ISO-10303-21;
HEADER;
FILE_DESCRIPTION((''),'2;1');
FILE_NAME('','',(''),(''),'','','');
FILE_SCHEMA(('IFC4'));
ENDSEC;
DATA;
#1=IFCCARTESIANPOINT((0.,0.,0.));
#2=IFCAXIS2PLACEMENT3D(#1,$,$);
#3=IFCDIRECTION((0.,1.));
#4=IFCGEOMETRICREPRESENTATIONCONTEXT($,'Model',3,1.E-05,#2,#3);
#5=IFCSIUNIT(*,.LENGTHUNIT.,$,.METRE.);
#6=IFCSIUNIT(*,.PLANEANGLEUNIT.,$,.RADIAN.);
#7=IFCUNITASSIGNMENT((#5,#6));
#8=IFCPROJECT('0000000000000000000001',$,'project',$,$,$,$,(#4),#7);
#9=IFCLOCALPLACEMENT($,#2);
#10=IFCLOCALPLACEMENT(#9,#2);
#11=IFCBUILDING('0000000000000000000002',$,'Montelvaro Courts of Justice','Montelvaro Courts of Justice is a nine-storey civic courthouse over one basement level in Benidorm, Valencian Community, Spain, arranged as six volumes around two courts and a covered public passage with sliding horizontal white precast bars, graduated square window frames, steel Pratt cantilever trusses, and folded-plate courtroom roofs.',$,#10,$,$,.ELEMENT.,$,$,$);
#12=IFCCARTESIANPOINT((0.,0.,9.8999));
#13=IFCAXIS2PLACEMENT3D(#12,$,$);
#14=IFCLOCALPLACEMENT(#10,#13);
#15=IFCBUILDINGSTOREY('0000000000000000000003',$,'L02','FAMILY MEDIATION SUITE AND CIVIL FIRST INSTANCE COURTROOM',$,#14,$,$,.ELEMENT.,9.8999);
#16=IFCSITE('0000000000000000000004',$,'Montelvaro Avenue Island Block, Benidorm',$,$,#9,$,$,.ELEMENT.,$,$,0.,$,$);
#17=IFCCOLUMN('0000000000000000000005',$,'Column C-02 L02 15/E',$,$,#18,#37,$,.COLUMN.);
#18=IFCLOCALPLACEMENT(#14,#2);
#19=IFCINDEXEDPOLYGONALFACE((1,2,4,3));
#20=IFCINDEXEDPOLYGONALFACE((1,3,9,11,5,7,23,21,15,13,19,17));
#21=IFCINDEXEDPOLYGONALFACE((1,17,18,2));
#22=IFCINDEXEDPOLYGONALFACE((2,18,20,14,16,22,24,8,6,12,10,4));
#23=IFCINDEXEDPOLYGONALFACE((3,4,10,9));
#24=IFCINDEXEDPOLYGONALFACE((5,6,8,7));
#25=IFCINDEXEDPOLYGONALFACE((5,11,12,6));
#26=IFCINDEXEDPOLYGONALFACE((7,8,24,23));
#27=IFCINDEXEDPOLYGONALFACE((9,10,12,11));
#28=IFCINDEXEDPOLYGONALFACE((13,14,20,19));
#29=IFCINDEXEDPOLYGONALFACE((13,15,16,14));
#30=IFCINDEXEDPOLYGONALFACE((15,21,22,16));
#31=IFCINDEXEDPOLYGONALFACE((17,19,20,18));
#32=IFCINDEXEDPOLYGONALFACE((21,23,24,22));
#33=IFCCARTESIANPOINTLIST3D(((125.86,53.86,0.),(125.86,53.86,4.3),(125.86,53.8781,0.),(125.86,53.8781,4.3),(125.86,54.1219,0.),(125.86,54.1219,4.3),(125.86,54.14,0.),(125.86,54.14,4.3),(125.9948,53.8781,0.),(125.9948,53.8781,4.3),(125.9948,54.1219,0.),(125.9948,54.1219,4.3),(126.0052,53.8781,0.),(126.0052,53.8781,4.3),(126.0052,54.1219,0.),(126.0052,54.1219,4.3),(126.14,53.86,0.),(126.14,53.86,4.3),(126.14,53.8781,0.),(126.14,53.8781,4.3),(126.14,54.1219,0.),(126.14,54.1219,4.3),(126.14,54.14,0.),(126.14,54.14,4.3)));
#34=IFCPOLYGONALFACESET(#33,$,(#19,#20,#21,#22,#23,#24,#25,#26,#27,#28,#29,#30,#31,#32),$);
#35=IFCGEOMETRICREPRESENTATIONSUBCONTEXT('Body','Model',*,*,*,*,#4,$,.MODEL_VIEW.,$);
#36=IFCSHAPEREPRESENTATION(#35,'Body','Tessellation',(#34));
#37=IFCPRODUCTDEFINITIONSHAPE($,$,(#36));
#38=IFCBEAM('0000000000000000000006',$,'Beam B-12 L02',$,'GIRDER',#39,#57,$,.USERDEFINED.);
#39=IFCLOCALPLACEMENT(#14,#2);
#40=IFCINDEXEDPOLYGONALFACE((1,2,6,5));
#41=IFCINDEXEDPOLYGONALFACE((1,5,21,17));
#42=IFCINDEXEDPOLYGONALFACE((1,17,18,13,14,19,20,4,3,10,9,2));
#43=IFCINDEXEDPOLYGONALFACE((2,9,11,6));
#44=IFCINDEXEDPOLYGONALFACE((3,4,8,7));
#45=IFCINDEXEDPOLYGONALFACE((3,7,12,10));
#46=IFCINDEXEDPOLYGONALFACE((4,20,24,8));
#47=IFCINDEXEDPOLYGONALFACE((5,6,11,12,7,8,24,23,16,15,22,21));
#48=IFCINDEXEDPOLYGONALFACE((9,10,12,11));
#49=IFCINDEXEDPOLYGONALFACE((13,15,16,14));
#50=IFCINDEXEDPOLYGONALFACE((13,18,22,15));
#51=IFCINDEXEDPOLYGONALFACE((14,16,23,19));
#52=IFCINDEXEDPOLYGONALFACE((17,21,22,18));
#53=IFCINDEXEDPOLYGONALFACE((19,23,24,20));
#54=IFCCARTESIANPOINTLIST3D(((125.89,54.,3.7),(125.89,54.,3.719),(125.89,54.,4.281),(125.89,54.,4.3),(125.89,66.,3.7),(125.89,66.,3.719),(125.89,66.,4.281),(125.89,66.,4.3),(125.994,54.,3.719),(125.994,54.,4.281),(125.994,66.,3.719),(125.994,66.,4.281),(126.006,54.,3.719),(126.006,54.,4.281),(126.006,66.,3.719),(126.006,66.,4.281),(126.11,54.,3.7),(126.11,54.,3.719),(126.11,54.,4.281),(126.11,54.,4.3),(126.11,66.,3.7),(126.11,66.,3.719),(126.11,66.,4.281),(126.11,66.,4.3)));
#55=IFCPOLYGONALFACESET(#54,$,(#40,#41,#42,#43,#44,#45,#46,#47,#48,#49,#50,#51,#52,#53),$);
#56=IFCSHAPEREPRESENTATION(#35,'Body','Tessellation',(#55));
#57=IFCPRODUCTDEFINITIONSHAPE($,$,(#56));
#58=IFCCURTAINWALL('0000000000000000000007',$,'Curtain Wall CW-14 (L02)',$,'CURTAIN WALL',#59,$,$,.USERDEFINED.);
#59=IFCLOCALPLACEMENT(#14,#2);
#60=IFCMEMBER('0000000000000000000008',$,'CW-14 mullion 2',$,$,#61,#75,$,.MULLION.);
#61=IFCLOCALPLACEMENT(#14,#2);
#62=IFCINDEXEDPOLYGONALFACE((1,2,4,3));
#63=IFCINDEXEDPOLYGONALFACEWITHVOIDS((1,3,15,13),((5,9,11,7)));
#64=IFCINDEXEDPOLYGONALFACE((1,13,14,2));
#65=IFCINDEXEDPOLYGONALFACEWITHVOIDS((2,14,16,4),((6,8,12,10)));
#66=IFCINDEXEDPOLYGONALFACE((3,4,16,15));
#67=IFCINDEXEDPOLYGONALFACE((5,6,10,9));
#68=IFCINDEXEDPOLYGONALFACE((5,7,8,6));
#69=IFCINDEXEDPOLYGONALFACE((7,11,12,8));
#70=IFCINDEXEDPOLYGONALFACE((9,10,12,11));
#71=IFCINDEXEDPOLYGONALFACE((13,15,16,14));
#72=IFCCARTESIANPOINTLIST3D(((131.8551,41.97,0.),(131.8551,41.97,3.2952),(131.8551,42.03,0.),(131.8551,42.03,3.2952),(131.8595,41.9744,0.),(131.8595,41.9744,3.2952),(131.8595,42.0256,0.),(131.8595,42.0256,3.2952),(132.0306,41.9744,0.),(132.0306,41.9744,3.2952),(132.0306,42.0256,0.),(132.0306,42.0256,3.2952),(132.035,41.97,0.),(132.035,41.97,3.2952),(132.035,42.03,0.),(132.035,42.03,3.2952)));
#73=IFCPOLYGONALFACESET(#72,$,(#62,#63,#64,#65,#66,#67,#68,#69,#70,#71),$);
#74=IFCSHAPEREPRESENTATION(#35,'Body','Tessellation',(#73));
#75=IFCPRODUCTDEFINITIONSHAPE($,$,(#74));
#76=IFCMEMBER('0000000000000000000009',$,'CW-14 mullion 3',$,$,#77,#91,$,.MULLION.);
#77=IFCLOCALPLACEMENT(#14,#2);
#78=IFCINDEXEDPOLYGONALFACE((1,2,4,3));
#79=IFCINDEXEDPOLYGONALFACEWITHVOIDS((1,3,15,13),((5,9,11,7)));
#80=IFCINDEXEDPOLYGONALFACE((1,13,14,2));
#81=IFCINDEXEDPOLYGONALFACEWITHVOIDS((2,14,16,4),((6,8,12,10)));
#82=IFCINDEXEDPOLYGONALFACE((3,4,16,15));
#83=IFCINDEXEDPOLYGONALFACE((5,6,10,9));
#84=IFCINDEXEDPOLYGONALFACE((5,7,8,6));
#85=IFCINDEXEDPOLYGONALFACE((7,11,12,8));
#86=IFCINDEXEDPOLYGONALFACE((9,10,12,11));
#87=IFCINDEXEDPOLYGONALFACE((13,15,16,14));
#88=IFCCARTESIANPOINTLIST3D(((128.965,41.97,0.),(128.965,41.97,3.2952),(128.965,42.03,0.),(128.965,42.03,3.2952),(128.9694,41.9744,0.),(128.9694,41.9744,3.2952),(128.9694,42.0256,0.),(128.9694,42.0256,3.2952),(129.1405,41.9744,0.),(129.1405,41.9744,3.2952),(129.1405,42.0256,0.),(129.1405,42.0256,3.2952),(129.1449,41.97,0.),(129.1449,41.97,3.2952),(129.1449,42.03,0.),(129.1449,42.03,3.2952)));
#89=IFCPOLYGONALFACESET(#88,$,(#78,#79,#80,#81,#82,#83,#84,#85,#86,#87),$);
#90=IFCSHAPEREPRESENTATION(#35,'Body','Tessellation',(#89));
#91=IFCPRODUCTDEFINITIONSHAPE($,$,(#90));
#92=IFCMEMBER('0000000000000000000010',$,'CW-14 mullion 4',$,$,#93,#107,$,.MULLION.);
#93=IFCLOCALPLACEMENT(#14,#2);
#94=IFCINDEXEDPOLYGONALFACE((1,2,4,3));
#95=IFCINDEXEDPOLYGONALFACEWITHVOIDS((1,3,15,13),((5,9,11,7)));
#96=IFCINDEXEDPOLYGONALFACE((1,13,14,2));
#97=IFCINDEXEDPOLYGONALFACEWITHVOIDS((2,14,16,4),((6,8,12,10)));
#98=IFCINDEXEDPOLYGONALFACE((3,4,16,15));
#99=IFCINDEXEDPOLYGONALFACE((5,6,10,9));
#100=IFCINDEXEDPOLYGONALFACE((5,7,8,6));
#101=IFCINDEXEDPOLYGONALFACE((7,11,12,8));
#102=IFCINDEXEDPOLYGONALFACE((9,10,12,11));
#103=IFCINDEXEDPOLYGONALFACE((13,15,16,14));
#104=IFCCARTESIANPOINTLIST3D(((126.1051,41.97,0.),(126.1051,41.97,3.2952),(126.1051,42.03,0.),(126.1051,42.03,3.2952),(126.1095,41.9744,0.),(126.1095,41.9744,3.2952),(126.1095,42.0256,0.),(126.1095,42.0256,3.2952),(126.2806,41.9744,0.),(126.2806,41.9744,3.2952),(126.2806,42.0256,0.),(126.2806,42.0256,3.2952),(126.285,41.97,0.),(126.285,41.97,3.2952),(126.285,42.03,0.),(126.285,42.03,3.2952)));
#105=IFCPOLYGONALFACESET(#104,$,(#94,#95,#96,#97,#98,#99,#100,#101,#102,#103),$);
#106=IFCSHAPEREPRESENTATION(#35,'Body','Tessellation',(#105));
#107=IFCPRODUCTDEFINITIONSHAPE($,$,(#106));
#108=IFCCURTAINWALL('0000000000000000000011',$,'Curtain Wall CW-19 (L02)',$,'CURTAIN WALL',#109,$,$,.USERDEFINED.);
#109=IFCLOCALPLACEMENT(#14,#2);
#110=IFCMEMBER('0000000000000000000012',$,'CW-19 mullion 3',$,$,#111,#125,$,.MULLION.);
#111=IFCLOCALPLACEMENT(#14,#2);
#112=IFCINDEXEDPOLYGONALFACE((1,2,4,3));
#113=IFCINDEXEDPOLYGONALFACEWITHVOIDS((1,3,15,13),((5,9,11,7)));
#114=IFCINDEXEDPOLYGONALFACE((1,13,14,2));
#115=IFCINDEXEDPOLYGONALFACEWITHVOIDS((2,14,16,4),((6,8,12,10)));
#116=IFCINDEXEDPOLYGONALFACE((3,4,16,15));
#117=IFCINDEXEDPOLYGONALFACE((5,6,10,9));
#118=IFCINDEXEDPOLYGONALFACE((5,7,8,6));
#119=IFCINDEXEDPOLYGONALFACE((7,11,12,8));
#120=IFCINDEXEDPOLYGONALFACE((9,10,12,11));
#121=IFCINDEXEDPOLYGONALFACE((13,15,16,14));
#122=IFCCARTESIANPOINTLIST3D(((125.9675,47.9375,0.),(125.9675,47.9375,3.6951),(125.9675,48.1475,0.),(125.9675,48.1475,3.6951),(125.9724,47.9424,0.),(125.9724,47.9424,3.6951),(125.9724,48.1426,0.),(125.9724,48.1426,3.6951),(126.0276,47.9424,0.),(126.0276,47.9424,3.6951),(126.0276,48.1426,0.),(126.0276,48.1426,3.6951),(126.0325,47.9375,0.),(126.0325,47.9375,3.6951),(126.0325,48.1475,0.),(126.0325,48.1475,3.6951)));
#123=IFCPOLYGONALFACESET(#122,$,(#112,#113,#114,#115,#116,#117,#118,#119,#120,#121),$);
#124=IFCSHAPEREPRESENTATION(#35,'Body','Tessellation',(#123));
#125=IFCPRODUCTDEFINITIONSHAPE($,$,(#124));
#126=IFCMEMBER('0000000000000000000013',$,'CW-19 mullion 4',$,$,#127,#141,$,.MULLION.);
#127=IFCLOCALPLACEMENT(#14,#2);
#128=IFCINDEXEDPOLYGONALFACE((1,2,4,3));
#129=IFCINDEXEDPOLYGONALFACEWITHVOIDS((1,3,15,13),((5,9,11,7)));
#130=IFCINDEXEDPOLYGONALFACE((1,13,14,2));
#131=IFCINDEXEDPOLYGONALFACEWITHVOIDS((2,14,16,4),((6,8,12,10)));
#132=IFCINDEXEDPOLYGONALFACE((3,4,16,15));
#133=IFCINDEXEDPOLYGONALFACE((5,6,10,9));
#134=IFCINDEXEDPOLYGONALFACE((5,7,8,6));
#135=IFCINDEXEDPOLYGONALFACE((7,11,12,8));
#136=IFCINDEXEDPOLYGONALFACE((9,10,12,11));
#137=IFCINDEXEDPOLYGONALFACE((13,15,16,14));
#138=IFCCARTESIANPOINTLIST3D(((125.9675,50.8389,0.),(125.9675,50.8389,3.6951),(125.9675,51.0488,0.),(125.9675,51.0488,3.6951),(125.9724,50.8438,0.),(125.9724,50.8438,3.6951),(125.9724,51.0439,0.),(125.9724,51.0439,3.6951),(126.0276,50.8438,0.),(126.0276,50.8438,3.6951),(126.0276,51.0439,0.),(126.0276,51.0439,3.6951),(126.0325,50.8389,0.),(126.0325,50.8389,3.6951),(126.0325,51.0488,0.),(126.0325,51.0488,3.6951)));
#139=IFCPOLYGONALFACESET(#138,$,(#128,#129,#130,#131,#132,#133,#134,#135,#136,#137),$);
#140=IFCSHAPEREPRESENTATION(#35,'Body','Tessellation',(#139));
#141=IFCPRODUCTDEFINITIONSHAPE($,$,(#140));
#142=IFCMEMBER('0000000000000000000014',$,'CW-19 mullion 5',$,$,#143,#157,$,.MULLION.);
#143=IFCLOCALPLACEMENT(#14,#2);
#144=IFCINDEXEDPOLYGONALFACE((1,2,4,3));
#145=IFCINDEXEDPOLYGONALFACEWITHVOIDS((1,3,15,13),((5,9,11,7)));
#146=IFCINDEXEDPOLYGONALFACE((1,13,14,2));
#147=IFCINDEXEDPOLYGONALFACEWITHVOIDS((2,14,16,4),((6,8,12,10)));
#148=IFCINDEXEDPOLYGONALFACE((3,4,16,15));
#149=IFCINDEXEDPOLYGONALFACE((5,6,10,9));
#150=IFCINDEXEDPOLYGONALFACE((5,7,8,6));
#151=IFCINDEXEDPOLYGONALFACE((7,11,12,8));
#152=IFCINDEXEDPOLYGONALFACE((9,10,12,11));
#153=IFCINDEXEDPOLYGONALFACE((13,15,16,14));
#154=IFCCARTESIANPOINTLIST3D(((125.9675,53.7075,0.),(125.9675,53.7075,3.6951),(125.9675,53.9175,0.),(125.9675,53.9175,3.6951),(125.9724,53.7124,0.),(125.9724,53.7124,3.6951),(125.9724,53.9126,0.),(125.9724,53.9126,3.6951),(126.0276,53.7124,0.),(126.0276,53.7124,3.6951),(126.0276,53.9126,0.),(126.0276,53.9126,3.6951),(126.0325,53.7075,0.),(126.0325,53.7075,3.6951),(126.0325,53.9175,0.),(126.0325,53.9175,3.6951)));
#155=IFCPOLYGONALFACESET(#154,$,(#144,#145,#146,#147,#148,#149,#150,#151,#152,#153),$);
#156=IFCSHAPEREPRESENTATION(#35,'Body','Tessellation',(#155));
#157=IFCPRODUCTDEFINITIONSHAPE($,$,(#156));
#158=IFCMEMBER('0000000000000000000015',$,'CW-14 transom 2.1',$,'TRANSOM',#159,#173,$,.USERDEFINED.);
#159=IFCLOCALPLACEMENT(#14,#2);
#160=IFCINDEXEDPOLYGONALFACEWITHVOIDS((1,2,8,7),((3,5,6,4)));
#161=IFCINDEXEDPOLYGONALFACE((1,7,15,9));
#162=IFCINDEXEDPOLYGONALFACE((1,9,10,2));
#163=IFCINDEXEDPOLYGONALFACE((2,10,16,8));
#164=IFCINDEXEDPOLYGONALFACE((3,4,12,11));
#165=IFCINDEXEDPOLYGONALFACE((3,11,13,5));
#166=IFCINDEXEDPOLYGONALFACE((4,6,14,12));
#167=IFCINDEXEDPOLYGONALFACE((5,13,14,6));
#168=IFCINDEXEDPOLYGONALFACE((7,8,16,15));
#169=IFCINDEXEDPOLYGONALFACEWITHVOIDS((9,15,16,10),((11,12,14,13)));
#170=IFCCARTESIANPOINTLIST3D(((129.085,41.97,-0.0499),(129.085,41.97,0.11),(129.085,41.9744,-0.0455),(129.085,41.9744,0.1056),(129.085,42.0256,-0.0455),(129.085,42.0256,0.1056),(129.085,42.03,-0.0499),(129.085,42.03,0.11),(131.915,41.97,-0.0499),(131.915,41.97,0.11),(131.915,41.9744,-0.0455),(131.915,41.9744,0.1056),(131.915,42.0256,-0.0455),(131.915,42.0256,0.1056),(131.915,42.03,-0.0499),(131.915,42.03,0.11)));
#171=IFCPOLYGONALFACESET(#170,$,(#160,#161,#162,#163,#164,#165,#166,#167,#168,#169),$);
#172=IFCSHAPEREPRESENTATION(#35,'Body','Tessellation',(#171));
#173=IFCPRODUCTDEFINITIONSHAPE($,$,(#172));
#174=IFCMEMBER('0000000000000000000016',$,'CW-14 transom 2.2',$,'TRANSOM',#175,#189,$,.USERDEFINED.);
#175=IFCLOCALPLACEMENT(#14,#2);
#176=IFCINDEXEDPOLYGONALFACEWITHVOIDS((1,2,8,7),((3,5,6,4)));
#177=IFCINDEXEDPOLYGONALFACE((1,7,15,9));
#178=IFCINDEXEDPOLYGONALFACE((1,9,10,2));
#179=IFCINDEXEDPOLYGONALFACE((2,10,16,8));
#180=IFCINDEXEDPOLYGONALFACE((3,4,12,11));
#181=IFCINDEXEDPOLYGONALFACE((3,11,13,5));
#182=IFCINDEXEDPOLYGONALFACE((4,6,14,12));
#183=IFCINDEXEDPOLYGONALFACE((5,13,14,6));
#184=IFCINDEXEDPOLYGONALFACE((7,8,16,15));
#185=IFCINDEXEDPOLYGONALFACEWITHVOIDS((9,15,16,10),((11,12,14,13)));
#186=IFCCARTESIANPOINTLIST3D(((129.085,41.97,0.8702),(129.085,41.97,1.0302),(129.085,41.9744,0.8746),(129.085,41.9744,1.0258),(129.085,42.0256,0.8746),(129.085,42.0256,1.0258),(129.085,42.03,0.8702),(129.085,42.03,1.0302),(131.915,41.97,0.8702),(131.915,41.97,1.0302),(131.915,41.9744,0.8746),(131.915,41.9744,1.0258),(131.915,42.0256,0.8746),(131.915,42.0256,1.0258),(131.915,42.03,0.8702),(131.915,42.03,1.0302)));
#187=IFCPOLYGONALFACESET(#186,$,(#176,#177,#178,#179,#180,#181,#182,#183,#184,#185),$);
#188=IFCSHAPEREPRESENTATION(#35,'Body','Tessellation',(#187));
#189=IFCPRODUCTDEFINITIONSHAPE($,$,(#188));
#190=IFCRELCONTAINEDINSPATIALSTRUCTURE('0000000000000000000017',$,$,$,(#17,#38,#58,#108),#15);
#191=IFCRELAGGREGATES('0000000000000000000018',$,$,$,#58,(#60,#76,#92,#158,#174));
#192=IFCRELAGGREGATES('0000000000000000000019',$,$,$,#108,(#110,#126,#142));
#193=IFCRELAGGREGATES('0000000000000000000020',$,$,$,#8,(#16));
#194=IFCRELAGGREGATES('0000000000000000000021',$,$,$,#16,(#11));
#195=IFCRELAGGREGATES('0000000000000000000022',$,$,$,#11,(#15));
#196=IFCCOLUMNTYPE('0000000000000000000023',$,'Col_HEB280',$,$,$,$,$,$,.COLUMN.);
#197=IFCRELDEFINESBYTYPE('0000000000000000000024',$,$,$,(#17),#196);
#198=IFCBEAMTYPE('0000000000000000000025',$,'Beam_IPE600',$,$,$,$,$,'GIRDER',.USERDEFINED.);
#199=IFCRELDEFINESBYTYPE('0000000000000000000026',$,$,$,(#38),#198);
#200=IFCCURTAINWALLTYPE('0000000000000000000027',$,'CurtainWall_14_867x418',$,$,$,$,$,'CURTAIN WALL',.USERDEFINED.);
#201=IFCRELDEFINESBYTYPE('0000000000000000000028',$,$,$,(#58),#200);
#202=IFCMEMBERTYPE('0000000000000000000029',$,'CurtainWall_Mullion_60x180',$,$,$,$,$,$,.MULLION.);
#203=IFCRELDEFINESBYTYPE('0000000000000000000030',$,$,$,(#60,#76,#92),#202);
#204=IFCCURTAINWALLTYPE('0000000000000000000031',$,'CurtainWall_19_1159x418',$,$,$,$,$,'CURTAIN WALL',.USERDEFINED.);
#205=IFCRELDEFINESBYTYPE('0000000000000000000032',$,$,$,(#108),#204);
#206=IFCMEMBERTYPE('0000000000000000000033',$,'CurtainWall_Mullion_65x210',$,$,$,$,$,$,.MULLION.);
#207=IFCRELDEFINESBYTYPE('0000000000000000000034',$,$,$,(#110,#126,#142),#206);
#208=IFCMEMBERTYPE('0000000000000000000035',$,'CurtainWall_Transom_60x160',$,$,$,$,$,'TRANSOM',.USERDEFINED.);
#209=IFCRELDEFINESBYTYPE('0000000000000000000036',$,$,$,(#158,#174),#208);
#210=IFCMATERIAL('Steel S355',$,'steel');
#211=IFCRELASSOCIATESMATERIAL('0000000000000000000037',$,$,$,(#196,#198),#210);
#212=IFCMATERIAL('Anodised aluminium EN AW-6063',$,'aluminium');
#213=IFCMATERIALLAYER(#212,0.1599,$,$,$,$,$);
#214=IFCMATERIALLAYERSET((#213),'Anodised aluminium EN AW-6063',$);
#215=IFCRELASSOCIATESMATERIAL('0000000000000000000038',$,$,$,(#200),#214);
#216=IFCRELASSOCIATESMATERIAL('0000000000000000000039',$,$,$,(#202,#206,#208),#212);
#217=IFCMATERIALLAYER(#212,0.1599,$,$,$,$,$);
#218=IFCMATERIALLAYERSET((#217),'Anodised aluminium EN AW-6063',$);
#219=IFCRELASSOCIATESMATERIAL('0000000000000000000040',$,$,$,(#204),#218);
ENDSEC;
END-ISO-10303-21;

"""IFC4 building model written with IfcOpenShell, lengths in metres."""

from ifc_helpers import new_model, si_unit, direction, frame, origin, origin_2d, place, context, subcontext, project, spatial, hollow_rectangle, i_section, extrude, material, layer, layer_set, material_profile, profile_set, type_object, element, aggregate, save


model = new_model("IFC4")

# Units and contexts
model_context = context("Model", 3, precision=1e-05, world=origin(), true_north=direction((0.0, 1.0)))
body_context = subcontext(model_context, "Body", "Model", "MODEL_VIEW")
ifc_project = project(units=[si_unit("LENGTHUNIT", "METRE"), si_unit("PLANEANGLEUNIT", "RADIAN")], contexts=[model_context])

# Site, building, storey
site_placement = place(None, origin())
site = spatial("IfcSite", under=ifc_project, at=site_placement, Name="Montelvaro Avenue Island Block, Benidorm", CompositionType="ELEMENT", RefElevation=0.0)
building_placement = place(site_placement, origin())
building = spatial("IfcBuilding", under=site, at=building_placement, Name="Montelvaro Courts of Justice", Description="Montelvaro Courts of Justice is a nine-storey civic courthouse over one basement level in Benidorm, Valencian Community, Spain, arranged as six volumes around two courts and a covered public passage with sliding horizontal white precast bars, graduated square window frames, steel Pratt cantilever trusses, and folded-plate courtroom roofs.", CompositionType="ELEMENT")
storey_placement = place(building_placement, frame((0.0, 0.0, 9.8999)))
storey = spatial("IfcBuildingStorey", under=building, at=storey_placement, Name="L02", Description="FAMILY MEDIATION SUITE AND CIVIL FIRST INSTANCE COURTROOM", CompositionType="ELEMENT", Elevation=9.8999)

# Column
ifc_material_1 = material(Name="Steel S355", Category="steel")
ifc_material_profile_1 = material_profile(ifc_material_1, i_section(OverallWidth=0.28, OverallDepth=0.28, WebThickness=0.0105, FlangeThickness=0.0181, at=origin_2d()), Name="HEB 280")
ifc_profile_set_1 = profile_set([ifc_material_profile_1], Name="Steel S355")
column_type = type_object("IfcColumnType", Name="Col_HEB280", PredefinedType="COLUMN", material=ifc_profile_set_1)
column_placement = place(storey_placement, frame((126.0, 54.0, 0.0), z_axis=(0.0, 0.0, 1.0), x_axis=(1.0, 0.0, 0.0)))
element("IfcColumn", 1, at=column_placement, inside=storey, type_object=column_type, Name="Column C-02 L02 15/E", PredefinedType="COLUMN", context=body_context, shape_type="SweptSolid", body=[
    extrude(i_section(OverallWidth=0.28, OverallDepth=0.28, WebThickness=0.0105, FlangeThickness=0.0181, at=origin_2d()), origin(), (0.0, 0.0, 1.0), 4.3),
])

# Beam
ifc_material_profile_2 = material_profile(ifc_material_1, i_section(OverallWidth=0.22, OverallDepth=0.6001, WebThickness=0.012, FlangeThickness=0.019, at=origin_2d()), Name="IPE 600")
ifc_profile_set_2 = profile_set([ifc_material_profile_2], Name="Steel S355")
beam_type = type_object("IfcBeamType", Name="Beam_IPE600", ElementType="GIRDER", PredefinedType="USERDEFINED", material=ifc_profile_set_2)
beam_placement = place(storey_placement, frame((126.0, 54.0, 4.0), z_axis=(0.0, 1.0, 0.0), x_axis=(-1.0, 0.0, 0.0)))
element("IfcBeam", 2, at=beam_placement, inside=storey, type_object=beam_type, Name="Beam B-12 L02", ObjectType="GIRDER", PredefinedType="USERDEFINED", context=body_context, shape_type="SweptSolid", body=[
    extrude(i_section(OverallWidth=0.22, OverallDepth=0.6001, WebThickness=0.012, FlangeThickness=0.019, at=origin_2d()), origin(), (0.0, 0.0, 1.0), 12.0),
])

# Curtain walls, members
ifc_material_2 = material(Name="Anodised aluminium EN AW-6063", Category="aluminium")
ifc_layer_1 = layer(ifc_material_2, 0.1599)
ifc_layer_set_1 = layer_set([ifc_layer_1], Name="Anodised aluminium EN AW-6063")
curtain_wall_type_1 = type_object("IfcCurtainWallType", Name="CurtainWall_14_867x418", ElementType="CURTAIN WALL", PredefinedType="USERDEFINED", material=ifc_layer_set_1)
curtain_wall_1_placement = place(storey_placement, origin())
curtain_wall_1 = element("IfcCurtainWall", 3, at=curtain_wall_1_placement, inside=storey, type_object=curtain_wall_type_1, Name="Curtain Wall CW-14 (L02)", ObjectType="CURTAIN WALL", PredefinedType="USERDEFINED")
ifc_material_profile_3 = material_profile(ifc_material_2, hollow_rectangle(XDim=0.0601, YDim=0.1799, WallThickness=0.0044, at=origin_2d()), Name="ALU-M 60x180")
ifc_profile_set_3 = profile_set([ifc_material_profile_3], Name="Anodised aluminium EN AW-6063")
member_type_1 = type_object("IfcMemberType", Name="CurtainWall_Mullion_60x180", PredefinedType="MULLION", material=ifc_profile_set_3)
member_1_placement = place(storey_placement, frame((131.9451, 42.0, 0.0), z_axis=(0.0, 0.0, 1.0), x_axis=(0.0, -1.0, 0.0)))
member_1 = element("IfcMember", 4, at=member_1_placement, type_object=member_type_1, Name="CW-14 mullion 2", PredefinedType="MULLION", context=body_context, shape_type="SweptSolid", body=[
    extrude(hollow_rectangle(XDim=0.0601, YDim=0.1799, WallThickness=0.0044, at=origin_2d()), origin(), (0.0, 0.0, 1.0), 3.2952),
])
member_2_placement = place(storey_placement, frame((129.0549, 42.0, 0.0), z_axis=(0.0, 0.0, 1.0), x_axis=(0.0, -1.0, 0.0)))
member_2 = element("IfcMember", 5, at=member_2_placement, type_object=member_type_1, Name="CW-14 mullion 3", PredefinedType="MULLION", context=body_context, shape_type="SweptSolid", body=[
    extrude(hollow_rectangle(XDim=0.0601, YDim=0.1799, WallThickness=0.0044, at=origin_2d()), origin(), (0.0, 0.0, 1.0), 3.2952),
])
member_3_placement = place(storey_placement, frame((126.1951, 42.0, 0.0), z_axis=(0.0, 0.0, 1.0), x_axis=(0.0, -1.0, 0.0)))
member_3 = element("IfcMember", 6, at=member_3_placement, type_object=member_type_1, Name="CW-14 mullion 4", PredefinedType="MULLION", context=body_context, shape_type="SweptSolid", body=[
    extrude(hollow_rectangle(XDim=0.0601, YDim=0.1799, WallThickness=0.0044, at=origin_2d()), origin(), (0.0, 0.0, 1.0), 3.2952),
])
ifc_layer_2 = layer(ifc_material_2, 0.1599)
ifc_layer_set_2 = layer_set([ifc_layer_2], Name="Anodised aluminium EN AW-6063")
curtain_wall_type_2 = type_object("IfcCurtainWallType", Name="CurtainWall_19_1159x418", ElementType="CURTAIN WALL", PredefinedType="USERDEFINED", material=ifc_layer_set_2)
curtain_wall_2_placement = place(storey_placement, origin())
curtain_wall_2 = element("IfcCurtainWall", 7, at=curtain_wall_2_placement, inside=storey, type_object=curtain_wall_type_2, Name="Curtain Wall CW-19 (L02)", ObjectType="CURTAIN WALL", PredefinedType="USERDEFINED")
ifc_material_profile_4 = material_profile(ifc_material_2, hollow_rectangle(XDim=0.0649, YDim=0.21, WallThickness=0.0049, at=origin_2d()), Name="ALU-M 65x210")
ifc_profile_set_4 = profile_set([ifc_material_profile_4], Name="Anodised aluminium EN AW-6063")
member_type_2 = type_object("IfcMemberType", Name="CurtainWall_Mullion_65x210", PredefinedType="MULLION", material=ifc_profile_set_4)
member_4_placement = place(storey_placement, frame((126.0, 48.0425, 0.0), z_axis=(0.0, 0.0, 1.0), x_axis=(-1.0, 0.0, 0.0)))
member_4 = element("IfcMember", 8, at=member_4_placement, type_object=member_type_2, Name="CW-19 mullion 3", PredefinedType="MULLION", context=body_context, shape_type="SweptSolid", body=[
    extrude(hollow_rectangle(XDim=0.0649, YDim=0.21, WallThickness=0.0049, at=origin_2d()), origin(), (0.0, 0.0, 1.0), 3.6951),
])
member_5_placement = place(storey_placement, frame((126.0, 50.9438, 0.0), z_axis=(0.0, 0.0, 1.0), x_axis=(-1.0, 0.0, 0.0)))
member_5 = element("IfcMember", 9, at=member_5_placement, type_object=member_type_2, Name="CW-19 mullion 4", PredefinedType="MULLION", context=body_context, shape_type="SweptSolid", body=[
    extrude(hollow_rectangle(XDim=0.0649, YDim=0.21, WallThickness=0.0049, at=origin_2d()), origin(), (0.0, 0.0, 1.0), 3.6951),
])
member_6_placement = place(storey_placement, frame((126.0, 53.8125, 0.0), z_axis=(0.0, 0.0, 1.0), x_axis=(-1.0, 0.0, 0.0)))
member_6 = element("IfcMember", 10, at=member_6_placement, type_object=member_type_2, Name="CW-19 mullion 5", PredefinedType="MULLION", context=body_context, shape_type="SweptSolid", body=[
    extrude(hollow_rectangle(XDim=0.0649, YDim=0.21, WallThickness=0.0049, at=origin_2d()), origin(), (0.0, 0.0, 1.0), 3.6951),
])

# Members
ifc_material_profile_5 = material_profile(ifc_material_2, hollow_rectangle(XDim=0.0601, YDim=0.1599, WallThickness=0.0044, at=origin_2d()), Name="ALU-T 60x160")
ifc_profile_set_5 = profile_set([ifc_material_profile_5], Name="Anodised aluminium EN AW-6063")
member_type_3 = type_object("IfcMemberType", Name="CurtainWall_Transom_60x160", ElementType="TRANSOM", PredefinedType="USERDEFINED", material=ifc_profile_set_5)
member_7_placement = place(storey_placement, frame((131.915, 42.0, 0.03), z_axis=(-1.0, 0.0, 0.0), x_axis=(0.0, -1.0, 0.0)))
member_7 = element("IfcMember", 11, at=member_7_placement, type_object=member_type_3, Name="CW-14 transom 2.1", ObjectType="TRANSOM", PredefinedType="USERDEFINED", context=body_context, shape_type="SweptSolid", body=[
    extrude(hollow_rectangle(XDim=0.0601, YDim=0.1599, WallThickness=0.0044, at=origin_2d()), origin(), (0.0, 0.0, 1.0), 2.8301),
])
member_8_placement = place(storey_placement, frame((131.915, 42.0, 0.9502), z_axis=(-1.0, 0.0, 0.0), x_axis=(0.0, -1.0, 0.0)))
member_8 = element("IfcMember", 12, at=member_8_placement, type_object=member_type_3, Name="CW-14 transom 2.2", ObjectType="TRANSOM", PredefinedType="USERDEFINED", context=body_context, shape_type="SweptSolid", body=[
    extrude(hollow_rectangle(XDim=0.0601, YDim=0.1599, WallThickness=0.0044, at=origin_2d()), origin(), (0.0, 0.0, 1.0), 2.8301),
])

aggregate(curtain_wall_1, [member_1, member_2, member_3, member_7, member_8])
aggregate(curtain_wall_2, [member_4, member_5, member_6])

save(model, "model.ifc")
